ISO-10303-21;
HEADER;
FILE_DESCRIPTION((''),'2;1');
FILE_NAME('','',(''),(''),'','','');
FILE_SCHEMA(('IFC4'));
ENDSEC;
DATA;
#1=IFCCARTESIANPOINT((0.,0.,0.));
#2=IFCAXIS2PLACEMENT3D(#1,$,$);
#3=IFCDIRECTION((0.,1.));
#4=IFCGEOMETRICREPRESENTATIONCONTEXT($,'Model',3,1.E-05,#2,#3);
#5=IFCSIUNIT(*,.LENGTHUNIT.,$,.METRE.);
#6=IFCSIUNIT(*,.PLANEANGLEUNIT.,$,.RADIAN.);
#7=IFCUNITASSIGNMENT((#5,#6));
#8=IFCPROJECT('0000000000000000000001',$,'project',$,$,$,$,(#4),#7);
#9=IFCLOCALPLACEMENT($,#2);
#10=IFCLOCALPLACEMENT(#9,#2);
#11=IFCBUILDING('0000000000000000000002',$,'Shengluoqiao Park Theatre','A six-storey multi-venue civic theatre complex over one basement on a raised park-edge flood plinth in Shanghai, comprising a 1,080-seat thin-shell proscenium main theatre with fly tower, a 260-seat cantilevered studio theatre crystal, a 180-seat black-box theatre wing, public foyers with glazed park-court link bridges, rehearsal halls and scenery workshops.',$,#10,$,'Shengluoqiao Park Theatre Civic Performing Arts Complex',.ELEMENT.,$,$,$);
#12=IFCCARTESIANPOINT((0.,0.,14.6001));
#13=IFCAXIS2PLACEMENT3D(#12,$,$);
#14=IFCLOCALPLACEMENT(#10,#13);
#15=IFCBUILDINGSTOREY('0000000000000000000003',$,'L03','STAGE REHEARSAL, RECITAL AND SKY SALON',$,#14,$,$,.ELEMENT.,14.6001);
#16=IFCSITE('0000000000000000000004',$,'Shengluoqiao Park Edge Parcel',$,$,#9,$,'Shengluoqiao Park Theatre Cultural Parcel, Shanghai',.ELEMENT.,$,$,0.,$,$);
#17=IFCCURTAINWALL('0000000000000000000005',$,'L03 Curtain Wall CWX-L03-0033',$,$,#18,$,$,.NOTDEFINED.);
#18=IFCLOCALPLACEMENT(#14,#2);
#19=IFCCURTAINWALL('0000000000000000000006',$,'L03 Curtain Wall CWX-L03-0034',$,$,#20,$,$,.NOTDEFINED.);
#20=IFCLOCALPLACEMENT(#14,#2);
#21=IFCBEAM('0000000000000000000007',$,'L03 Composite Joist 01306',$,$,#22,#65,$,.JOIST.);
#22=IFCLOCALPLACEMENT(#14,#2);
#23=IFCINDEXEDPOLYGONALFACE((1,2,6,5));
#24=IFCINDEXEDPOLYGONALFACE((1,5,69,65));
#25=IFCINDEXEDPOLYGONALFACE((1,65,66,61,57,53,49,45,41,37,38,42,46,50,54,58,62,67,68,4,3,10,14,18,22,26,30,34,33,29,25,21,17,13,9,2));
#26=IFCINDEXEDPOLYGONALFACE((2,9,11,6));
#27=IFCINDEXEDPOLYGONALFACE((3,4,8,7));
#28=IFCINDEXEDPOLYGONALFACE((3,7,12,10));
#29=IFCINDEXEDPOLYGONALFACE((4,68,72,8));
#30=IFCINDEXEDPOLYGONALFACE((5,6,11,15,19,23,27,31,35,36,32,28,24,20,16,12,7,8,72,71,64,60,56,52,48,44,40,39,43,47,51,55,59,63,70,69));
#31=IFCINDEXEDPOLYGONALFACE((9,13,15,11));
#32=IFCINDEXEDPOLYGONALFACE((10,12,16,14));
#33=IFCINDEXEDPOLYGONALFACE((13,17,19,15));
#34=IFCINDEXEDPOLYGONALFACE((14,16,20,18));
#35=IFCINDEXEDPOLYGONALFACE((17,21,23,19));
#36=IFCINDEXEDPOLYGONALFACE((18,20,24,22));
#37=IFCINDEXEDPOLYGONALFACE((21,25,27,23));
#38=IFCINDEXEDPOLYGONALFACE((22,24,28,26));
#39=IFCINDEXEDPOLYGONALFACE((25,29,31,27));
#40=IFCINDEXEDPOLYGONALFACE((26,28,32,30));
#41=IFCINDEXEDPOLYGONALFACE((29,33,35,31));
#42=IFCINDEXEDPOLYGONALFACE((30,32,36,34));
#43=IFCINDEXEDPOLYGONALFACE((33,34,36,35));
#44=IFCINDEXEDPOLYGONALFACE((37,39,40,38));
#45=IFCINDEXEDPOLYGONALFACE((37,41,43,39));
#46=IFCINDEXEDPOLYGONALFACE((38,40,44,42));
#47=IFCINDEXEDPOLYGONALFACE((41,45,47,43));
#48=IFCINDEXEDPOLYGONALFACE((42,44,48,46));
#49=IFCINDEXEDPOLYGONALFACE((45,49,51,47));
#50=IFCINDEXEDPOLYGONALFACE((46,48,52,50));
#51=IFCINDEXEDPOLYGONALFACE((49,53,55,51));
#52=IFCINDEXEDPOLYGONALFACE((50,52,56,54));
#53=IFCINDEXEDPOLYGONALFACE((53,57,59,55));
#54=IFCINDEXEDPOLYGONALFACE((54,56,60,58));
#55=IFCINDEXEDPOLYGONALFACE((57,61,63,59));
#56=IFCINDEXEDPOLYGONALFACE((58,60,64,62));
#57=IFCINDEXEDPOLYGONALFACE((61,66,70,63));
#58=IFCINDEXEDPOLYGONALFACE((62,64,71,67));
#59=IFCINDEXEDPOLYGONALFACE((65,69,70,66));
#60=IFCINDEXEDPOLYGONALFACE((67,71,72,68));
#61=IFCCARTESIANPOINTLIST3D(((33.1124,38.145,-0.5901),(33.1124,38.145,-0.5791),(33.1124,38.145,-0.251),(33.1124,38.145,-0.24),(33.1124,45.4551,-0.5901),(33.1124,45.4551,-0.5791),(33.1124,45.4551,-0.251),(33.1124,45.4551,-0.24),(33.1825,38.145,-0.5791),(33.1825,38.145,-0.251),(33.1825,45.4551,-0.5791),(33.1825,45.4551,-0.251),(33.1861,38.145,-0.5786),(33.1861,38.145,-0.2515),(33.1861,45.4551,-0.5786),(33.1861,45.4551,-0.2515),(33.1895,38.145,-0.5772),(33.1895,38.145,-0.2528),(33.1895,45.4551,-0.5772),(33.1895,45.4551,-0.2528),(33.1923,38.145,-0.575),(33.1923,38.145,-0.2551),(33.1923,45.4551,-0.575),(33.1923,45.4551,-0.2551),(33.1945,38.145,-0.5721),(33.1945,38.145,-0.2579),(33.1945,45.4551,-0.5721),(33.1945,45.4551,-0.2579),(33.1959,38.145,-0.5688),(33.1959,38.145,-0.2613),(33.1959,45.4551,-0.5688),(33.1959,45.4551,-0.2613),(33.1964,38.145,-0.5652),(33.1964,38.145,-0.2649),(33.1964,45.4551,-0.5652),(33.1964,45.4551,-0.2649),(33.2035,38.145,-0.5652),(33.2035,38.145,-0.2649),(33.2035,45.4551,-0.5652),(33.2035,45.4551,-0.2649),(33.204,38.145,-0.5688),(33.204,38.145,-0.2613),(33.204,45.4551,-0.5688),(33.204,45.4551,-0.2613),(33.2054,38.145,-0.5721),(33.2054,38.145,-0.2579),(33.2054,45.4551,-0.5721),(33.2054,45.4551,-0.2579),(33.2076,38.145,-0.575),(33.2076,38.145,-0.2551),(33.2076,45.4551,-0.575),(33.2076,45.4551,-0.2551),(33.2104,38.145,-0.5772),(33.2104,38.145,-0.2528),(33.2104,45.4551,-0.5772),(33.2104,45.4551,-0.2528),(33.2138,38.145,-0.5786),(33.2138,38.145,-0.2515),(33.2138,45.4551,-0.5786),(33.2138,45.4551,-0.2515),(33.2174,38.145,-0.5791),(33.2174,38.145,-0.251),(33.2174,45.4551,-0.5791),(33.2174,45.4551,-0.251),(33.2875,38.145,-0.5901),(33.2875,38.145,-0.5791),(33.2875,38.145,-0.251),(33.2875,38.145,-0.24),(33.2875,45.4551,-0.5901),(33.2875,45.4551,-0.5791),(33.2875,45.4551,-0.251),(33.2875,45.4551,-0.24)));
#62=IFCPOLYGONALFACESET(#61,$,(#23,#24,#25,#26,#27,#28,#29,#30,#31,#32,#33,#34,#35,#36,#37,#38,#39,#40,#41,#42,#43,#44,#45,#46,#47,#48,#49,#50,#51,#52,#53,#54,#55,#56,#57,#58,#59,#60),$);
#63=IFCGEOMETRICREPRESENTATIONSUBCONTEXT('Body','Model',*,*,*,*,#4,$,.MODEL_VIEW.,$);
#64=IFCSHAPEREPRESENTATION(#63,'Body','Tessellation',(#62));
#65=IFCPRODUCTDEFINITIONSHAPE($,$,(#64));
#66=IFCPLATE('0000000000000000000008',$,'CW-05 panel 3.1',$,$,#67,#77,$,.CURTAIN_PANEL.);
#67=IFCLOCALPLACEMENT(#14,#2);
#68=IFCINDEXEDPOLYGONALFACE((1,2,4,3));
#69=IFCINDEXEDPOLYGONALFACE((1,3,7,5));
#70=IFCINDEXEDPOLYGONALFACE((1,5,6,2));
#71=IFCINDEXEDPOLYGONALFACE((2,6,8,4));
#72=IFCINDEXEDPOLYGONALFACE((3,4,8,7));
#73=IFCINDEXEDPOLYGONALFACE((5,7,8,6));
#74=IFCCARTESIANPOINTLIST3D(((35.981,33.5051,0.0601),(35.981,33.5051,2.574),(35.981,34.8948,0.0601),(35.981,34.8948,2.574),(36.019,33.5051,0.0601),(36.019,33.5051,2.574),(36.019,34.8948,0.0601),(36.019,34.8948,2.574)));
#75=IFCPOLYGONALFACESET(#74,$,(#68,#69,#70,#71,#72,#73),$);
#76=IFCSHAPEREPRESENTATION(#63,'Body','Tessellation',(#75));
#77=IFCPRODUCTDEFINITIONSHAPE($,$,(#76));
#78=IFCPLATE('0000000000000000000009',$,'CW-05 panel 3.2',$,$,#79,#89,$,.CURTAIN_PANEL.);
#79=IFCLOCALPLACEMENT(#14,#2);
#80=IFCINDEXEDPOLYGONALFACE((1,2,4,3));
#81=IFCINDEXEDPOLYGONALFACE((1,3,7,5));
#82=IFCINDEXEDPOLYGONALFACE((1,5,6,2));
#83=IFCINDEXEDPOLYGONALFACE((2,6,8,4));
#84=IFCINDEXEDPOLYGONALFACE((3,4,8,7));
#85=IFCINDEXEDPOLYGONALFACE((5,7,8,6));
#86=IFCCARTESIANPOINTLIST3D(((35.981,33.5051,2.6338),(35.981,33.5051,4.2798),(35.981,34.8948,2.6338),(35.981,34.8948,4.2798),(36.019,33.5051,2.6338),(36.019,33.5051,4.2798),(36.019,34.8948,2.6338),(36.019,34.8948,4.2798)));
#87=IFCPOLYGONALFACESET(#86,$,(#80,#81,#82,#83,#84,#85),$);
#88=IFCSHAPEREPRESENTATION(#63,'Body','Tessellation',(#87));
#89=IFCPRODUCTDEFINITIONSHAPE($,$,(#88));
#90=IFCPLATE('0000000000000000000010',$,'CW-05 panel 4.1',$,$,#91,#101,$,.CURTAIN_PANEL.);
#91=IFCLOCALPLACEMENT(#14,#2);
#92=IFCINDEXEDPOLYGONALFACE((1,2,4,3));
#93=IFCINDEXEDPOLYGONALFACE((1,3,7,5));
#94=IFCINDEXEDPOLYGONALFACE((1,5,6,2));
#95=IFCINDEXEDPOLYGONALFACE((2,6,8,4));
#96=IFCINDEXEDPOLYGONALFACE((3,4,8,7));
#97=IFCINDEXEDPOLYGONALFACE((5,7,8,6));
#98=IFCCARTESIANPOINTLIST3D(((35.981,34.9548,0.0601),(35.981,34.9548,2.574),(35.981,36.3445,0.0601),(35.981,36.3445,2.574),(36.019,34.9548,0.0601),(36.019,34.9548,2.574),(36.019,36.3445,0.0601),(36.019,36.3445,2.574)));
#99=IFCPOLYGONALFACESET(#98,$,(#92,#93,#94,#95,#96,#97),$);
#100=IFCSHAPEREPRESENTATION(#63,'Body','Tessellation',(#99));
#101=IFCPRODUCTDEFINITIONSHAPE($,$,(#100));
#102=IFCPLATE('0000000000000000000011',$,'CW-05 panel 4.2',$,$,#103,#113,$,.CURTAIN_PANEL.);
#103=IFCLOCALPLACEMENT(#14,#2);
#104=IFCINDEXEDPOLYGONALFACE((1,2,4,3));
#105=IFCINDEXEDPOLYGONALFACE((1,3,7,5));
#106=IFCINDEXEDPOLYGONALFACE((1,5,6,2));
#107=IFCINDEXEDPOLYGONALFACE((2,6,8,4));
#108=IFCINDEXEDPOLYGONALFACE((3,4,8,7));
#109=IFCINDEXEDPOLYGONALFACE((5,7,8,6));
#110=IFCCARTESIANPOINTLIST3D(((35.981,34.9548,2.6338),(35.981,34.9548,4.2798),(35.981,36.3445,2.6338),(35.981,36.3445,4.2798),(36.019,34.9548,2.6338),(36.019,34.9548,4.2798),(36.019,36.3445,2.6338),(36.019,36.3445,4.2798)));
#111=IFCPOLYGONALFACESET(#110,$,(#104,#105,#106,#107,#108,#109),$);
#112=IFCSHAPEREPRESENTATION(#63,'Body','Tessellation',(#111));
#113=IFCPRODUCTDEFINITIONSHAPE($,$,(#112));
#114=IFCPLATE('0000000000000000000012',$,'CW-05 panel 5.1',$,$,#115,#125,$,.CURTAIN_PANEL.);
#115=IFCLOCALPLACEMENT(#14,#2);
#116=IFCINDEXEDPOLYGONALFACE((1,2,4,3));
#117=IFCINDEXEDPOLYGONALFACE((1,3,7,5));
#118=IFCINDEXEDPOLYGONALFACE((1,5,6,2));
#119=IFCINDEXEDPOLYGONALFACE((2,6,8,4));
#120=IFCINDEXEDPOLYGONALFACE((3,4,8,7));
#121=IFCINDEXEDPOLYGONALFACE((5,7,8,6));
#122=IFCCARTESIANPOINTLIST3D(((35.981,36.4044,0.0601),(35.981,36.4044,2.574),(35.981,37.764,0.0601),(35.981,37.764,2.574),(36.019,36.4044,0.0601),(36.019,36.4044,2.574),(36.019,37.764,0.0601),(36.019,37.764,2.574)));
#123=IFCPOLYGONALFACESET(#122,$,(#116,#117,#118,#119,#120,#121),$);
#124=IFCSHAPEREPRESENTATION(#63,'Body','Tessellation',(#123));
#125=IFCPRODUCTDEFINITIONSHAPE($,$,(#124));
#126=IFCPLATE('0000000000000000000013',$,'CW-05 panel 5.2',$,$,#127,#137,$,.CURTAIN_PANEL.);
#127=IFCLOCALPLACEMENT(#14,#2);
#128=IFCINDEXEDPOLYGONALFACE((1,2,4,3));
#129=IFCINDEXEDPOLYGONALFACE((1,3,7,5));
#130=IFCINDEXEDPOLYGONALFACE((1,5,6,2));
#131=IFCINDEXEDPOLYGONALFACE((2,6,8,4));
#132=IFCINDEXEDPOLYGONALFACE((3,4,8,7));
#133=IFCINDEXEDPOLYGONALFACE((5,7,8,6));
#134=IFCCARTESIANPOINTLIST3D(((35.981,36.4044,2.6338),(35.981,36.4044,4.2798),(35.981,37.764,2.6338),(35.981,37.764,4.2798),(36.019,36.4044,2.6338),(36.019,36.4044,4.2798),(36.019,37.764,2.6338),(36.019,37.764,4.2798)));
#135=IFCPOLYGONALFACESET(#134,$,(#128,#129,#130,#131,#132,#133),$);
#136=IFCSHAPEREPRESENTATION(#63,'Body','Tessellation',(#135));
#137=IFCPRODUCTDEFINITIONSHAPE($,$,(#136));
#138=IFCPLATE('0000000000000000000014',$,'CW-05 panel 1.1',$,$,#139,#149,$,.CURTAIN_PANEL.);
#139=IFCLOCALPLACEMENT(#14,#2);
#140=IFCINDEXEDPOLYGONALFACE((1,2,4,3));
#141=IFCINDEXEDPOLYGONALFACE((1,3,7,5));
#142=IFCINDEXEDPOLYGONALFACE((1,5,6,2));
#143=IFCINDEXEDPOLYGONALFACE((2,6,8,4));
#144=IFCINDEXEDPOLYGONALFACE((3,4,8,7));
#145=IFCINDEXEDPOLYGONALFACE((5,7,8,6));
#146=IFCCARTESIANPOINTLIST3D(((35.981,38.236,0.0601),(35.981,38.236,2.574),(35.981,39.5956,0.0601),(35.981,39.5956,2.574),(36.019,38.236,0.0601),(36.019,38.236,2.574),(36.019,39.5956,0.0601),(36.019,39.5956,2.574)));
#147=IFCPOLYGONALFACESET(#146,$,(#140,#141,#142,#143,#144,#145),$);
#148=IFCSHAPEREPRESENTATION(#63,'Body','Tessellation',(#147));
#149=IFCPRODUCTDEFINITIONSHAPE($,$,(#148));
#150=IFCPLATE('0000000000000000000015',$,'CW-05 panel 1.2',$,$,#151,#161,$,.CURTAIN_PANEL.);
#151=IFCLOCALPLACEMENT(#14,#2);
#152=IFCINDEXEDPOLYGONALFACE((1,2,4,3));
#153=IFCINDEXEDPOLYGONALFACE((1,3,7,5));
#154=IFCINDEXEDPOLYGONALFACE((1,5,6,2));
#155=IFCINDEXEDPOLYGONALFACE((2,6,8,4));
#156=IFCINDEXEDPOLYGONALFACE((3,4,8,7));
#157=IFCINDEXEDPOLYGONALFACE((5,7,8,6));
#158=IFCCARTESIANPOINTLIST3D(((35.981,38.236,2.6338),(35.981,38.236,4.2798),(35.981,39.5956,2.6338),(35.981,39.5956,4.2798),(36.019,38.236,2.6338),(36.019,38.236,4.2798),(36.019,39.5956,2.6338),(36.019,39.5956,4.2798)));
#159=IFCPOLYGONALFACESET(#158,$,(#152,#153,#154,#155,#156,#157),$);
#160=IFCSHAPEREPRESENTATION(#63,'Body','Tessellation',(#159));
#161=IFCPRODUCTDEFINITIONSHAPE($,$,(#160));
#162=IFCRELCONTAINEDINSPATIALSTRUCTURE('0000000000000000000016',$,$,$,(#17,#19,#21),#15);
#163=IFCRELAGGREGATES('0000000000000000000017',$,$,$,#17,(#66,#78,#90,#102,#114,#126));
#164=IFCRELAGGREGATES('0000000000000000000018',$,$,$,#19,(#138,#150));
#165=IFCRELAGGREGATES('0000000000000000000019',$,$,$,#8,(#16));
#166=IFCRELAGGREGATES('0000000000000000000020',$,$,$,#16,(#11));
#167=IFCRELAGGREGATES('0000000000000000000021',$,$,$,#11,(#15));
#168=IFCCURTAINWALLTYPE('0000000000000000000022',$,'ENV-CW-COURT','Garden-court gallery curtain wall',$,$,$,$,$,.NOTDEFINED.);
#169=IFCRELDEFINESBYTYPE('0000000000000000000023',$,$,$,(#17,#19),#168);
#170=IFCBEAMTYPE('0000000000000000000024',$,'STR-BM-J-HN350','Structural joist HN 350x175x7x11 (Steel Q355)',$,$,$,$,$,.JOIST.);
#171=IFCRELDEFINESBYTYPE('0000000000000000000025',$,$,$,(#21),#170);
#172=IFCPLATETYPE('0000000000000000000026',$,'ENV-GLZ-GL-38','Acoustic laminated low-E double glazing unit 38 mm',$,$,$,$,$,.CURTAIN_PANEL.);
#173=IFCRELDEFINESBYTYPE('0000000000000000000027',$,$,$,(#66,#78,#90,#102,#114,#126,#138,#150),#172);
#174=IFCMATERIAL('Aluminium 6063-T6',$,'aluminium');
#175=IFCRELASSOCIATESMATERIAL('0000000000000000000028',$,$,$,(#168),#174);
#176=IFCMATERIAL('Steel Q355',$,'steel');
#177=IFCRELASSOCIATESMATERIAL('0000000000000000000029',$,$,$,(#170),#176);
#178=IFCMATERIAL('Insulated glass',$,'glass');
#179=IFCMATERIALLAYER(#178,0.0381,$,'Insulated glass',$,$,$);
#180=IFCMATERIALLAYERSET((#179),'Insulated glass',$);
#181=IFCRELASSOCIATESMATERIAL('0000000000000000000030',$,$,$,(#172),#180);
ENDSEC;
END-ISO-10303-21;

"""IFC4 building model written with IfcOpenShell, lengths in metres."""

from ifc_helpers import new_model, si_unit, direction, frame, origin, origin_2d, place, context, subcontext, project, spatial, rectangle, i_section, extrude, material, layer, layer_set, material_profile, profile_set, type_object, element, aggregate, save


model = new_model("IFC4")

# Units and contexts
model_context = context("Model", 3, precision=1e-05, world=origin(), true_north=direction((0.0, 1.0)))
body_context = subcontext(model_context, "Body", "Model", "MODEL_VIEW")
ifc_project = project(units=[si_unit("LENGTHUNIT", "METRE"), si_unit("PLANEANGLEUNIT", "RADIAN")], contexts=[model_context])

# Site, building, storey
site_placement = place(None, origin())
site = spatial("IfcSite", under=ifc_project, at=site_placement, Name="Shengluoqiao Park Edge Parcel", LongName="Shengluoqiao Park Theatre Cultural Parcel, Shanghai", CompositionType="ELEMENT", RefElevation=0.0)
building_placement = place(site_placement, origin())
building = spatial("IfcBuilding", under=site, at=building_placement, Name="Shengluoqiao Park Theatre", Description="A six-storey multi-venue civic theatre complex over one basement on a raised park-edge flood plinth in Shanghai, comprising a 1,080-seat thin-shell proscenium main theatre with fly tower, a 260-seat cantilevered studio theatre crystal, a 180-seat black-box theatre wing, public foyers with glazed park-court link bridges, rehearsal halls and scenery workshops.", LongName="Shengluoqiao Park Theatre Civic Performing Arts Complex", CompositionType="ELEMENT")
storey_placement = place(building_placement, frame((0.0, 0.0, 14.6001)))
storey = spatial("IfcBuildingStorey", under=building, at=storey_placement, Name="L03", Description="STAGE REHEARSAL, RECITAL AND SKY SALON", CompositionType="ELEMENT", Elevation=14.6001)

# Shared definitions
ifc_material_1 = material(Name="Steel Q355", Category="steel")

# Curtain walls
ifc_material_2 = material(Name="Aluminium 6063-T6", Category="aluminium")
curtain_wall_type = type_object("IfcCurtainWallType", Name="ENV-CW-COURT", Description="Garden-court gallery curtain wall", PredefinedType="NOTDEFINED", material=ifc_material_2)
curtain_wall_1_placement = place(storey_placement, origin())
curtain_wall_1 = element("IfcCurtainWall", 1, at=curtain_wall_1_placement, inside=storey, type_object=curtain_wall_type, Name="L03 Curtain Wall CWX-L03-0033", PredefinedType="NOTDEFINED")
curtain_wall_2_placement = place(storey_placement, origin())
curtain_wall_2 = element("IfcCurtainWall", 2, at=curtain_wall_2_placement, inside=storey, type_object=curtain_wall_type, Name="L03 Curtain Wall CWX-L03-0034", PredefinedType="NOTDEFINED")

# Beam
ifc_material_profile_1 = material_profile(ifc_material_1, i_section(OverallWidth=0.175, OverallDepth=0.3501, WebThickness=0.0071, FlangeThickness=0.011, FilletRadius=0.0139, at=origin_2d()), Name="HN 350x175x7x11")
ifc_profile_set_1 = profile_set([ifc_material_profile_1], Name="Steel Q355")
beam_type_1 = type_object("IfcBeamType", Name="STR-BM-J-HN350", Description="Structural joist HN 350x175x7x11 (Steel Q355)", PredefinedType="JOIST", material=ifc_profile_set_1)
for number, where, z_axis, x_axis, name in (
    (3, (33.2, 38.145, -0.415), (0.0, 1.0, 0.0), (-1.0, 0.0, 0.0), "L03 Composite Joist 01306"),
):
    element("IfcBeam", number, at=place(storey_placement, frame(where, z_axis=z_axis, x_axis=x_axis)), inside=storey, type_object=beam_type_1, Name=name, PredefinedType="JOIST", context=body_context, shape_type="SweptSolid", body=[
        extrude(i_section(OverallWidth=0.175, OverallDepth=0.3501, WebThickness=0.0071, FlangeThickness=0.011, FilletRadius=0.0139, at=origin_2d()), origin(), (0.0, 0.0, 1.0), 7.3101),
    ])

# Plates
ifc_material_3 = material(Name="Insulated glass", Category="glass")
ifc_layer = layer(ifc_material_3, 0.0381, Name="Insulated glass")
ifc_layer_set = layer_set([ifc_layer], Name="Insulated glass")
plate_type = type_object("IfcPlateType", Name="ENV-GLZ-GL-38", Description="Acoustic laminated low-E double glazing unit 38 mm", PredefinedType="CURTAIN_PANEL", material=ifc_layer_set)
plate_1_placement = place(storey_placement, frame((36.0, 34.2, 0.0601), z_axis=(0.0, 0.0, 1.0), x_axis=(0.0, 1.0, 0.0)))
plate_1 = element("IfcPlate", 4, at=plate_1_placement, type_object=plate_type, Name="CW-05 panel 3.1", PredefinedType="CURTAIN_PANEL", context=body_context, shape_type="SweptSolid", body=[
    extrude(rectangle(XDim=1.3896, YDim=0.0381, at=origin_2d()), origin(), (0.0, 0.0, 1.0), 2.5139),
])
plate_2_placement = place(storey_placement, frame((36.0, 34.2, 2.6338), z_axis=(0.0, 0.0, 1.0), x_axis=(0.0, 1.0, 0.0)))
plate_2 = element("IfcPlate", 5, at=plate_2_placement, type_object=plate_type, Name="CW-05 panel 3.2", PredefinedType="CURTAIN_PANEL", context=body_context, shape_type="SweptSolid", body=[
    extrude(rectangle(XDim=1.3896, YDim=0.0381, at=origin_2d()), origin(), (0.0, 0.0, 1.0), 1.646),
])
plate_3_placement = place(storey_placement, frame((36.0, 35.6497, 0.0601), z_axis=(0.0, 0.0, 1.0), x_axis=(0.0, 1.0, 0.0)))
plate_3 = element("IfcPlate", 6, at=plate_3_placement, type_object=plate_type, Name="CW-05 panel 4.1", PredefinedType="CURTAIN_PANEL", context=body_context, shape_type="SweptSolid", body=[
    extrude(rectangle(XDim=1.3896, YDim=0.0381, at=origin_2d()), origin(), (0.0, 0.0, 1.0), 2.5139),
])
plate_4_placement = place(storey_placement, frame((36.0, 35.6497, 2.6338), z_axis=(0.0, 0.0, 1.0), x_axis=(0.0, 1.0, 0.0)))
plate_4 = element("IfcPlate", 7, at=plate_4_placement, type_object=plate_type, Name="CW-05 panel 4.2", PredefinedType="CURTAIN_PANEL", context=body_context, shape_type="SweptSolid", body=[
    extrude(rectangle(XDim=1.3896, YDim=0.0381, at=origin_2d()), origin(), (0.0, 0.0, 1.0), 1.646),
])
plate_5_placement = place(storey_placement, frame((36.0, 37.0842, 0.0601), z_axis=(0.0, 0.0, 1.0), x_axis=(0.0, 1.0, 0.0)))
plate_5 = element("IfcPlate", 8, at=plate_5_placement, type_object=plate_type, Name="CW-05 panel 5.1", PredefinedType="CURTAIN_PANEL", context=body_context, shape_type="SweptSolid", body=[
    extrude(rectangle(XDim=1.3596, YDim=0.0381, at=origin_2d()), origin(), (0.0, 0.0, 1.0), 2.5139),
])
plate_6_placement = place(storey_placement, frame((36.0, 37.0842, 2.6338), z_axis=(0.0, 0.0, 1.0), x_axis=(0.0, 1.0, 0.0)))
plate_6 = element("IfcPlate", 9, at=plate_6_placement, type_object=plate_type, Name="CW-05 panel 5.2", PredefinedType="CURTAIN_PANEL", context=body_context, shape_type="SweptSolid", body=[
    extrude(rectangle(XDim=1.3596, YDim=0.0381, at=origin_2d()), origin(), (0.0, 0.0, 1.0), 1.646),
])
aggregate(curtain_wall_1, [plate_1, plate_2, plate_3, plate_4, plate_5, plate_6])
plate_7_placement = place(storey_placement, frame((36.0, 38.9158, 0.0601), z_axis=(0.0, 0.0, 1.0), x_axis=(0.0, 1.0, 0.0)))
plate_7 = element("IfcPlate", 10, at=plate_7_placement, type_object=plate_type, Name="CW-05 panel 1.1", PredefinedType="CURTAIN_PANEL", context=body_context, shape_type="SweptSolid", body=[
    extrude(rectangle(XDim=1.3596, YDim=0.0381, at=origin_2d()), origin(), (0.0, 0.0, 1.0), 2.5139),
])
plate_8_placement = place(storey_placement, frame((36.0, 38.9158, 2.6338), z_axis=(0.0, 0.0, 1.0), x_axis=(0.0, 1.0, 0.0)))
plate_8 = element("IfcPlate", 11, at=plate_8_placement, type_object=plate_type, Name="CW-05 panel 1.2", PredefinedType="CURTAIN_PANEL", context=body_context, shape_type="SweptSolid", body=[
    extrude(rectangle(XDim=1.3596, YDim=0.0381, at=origin_2d()), origin(), (0.0, 0.0, 1.0), 1.646),
])
aggregate(curtain_wall_2, [plate_7, plate_8])

save(model, "model.ifc")
